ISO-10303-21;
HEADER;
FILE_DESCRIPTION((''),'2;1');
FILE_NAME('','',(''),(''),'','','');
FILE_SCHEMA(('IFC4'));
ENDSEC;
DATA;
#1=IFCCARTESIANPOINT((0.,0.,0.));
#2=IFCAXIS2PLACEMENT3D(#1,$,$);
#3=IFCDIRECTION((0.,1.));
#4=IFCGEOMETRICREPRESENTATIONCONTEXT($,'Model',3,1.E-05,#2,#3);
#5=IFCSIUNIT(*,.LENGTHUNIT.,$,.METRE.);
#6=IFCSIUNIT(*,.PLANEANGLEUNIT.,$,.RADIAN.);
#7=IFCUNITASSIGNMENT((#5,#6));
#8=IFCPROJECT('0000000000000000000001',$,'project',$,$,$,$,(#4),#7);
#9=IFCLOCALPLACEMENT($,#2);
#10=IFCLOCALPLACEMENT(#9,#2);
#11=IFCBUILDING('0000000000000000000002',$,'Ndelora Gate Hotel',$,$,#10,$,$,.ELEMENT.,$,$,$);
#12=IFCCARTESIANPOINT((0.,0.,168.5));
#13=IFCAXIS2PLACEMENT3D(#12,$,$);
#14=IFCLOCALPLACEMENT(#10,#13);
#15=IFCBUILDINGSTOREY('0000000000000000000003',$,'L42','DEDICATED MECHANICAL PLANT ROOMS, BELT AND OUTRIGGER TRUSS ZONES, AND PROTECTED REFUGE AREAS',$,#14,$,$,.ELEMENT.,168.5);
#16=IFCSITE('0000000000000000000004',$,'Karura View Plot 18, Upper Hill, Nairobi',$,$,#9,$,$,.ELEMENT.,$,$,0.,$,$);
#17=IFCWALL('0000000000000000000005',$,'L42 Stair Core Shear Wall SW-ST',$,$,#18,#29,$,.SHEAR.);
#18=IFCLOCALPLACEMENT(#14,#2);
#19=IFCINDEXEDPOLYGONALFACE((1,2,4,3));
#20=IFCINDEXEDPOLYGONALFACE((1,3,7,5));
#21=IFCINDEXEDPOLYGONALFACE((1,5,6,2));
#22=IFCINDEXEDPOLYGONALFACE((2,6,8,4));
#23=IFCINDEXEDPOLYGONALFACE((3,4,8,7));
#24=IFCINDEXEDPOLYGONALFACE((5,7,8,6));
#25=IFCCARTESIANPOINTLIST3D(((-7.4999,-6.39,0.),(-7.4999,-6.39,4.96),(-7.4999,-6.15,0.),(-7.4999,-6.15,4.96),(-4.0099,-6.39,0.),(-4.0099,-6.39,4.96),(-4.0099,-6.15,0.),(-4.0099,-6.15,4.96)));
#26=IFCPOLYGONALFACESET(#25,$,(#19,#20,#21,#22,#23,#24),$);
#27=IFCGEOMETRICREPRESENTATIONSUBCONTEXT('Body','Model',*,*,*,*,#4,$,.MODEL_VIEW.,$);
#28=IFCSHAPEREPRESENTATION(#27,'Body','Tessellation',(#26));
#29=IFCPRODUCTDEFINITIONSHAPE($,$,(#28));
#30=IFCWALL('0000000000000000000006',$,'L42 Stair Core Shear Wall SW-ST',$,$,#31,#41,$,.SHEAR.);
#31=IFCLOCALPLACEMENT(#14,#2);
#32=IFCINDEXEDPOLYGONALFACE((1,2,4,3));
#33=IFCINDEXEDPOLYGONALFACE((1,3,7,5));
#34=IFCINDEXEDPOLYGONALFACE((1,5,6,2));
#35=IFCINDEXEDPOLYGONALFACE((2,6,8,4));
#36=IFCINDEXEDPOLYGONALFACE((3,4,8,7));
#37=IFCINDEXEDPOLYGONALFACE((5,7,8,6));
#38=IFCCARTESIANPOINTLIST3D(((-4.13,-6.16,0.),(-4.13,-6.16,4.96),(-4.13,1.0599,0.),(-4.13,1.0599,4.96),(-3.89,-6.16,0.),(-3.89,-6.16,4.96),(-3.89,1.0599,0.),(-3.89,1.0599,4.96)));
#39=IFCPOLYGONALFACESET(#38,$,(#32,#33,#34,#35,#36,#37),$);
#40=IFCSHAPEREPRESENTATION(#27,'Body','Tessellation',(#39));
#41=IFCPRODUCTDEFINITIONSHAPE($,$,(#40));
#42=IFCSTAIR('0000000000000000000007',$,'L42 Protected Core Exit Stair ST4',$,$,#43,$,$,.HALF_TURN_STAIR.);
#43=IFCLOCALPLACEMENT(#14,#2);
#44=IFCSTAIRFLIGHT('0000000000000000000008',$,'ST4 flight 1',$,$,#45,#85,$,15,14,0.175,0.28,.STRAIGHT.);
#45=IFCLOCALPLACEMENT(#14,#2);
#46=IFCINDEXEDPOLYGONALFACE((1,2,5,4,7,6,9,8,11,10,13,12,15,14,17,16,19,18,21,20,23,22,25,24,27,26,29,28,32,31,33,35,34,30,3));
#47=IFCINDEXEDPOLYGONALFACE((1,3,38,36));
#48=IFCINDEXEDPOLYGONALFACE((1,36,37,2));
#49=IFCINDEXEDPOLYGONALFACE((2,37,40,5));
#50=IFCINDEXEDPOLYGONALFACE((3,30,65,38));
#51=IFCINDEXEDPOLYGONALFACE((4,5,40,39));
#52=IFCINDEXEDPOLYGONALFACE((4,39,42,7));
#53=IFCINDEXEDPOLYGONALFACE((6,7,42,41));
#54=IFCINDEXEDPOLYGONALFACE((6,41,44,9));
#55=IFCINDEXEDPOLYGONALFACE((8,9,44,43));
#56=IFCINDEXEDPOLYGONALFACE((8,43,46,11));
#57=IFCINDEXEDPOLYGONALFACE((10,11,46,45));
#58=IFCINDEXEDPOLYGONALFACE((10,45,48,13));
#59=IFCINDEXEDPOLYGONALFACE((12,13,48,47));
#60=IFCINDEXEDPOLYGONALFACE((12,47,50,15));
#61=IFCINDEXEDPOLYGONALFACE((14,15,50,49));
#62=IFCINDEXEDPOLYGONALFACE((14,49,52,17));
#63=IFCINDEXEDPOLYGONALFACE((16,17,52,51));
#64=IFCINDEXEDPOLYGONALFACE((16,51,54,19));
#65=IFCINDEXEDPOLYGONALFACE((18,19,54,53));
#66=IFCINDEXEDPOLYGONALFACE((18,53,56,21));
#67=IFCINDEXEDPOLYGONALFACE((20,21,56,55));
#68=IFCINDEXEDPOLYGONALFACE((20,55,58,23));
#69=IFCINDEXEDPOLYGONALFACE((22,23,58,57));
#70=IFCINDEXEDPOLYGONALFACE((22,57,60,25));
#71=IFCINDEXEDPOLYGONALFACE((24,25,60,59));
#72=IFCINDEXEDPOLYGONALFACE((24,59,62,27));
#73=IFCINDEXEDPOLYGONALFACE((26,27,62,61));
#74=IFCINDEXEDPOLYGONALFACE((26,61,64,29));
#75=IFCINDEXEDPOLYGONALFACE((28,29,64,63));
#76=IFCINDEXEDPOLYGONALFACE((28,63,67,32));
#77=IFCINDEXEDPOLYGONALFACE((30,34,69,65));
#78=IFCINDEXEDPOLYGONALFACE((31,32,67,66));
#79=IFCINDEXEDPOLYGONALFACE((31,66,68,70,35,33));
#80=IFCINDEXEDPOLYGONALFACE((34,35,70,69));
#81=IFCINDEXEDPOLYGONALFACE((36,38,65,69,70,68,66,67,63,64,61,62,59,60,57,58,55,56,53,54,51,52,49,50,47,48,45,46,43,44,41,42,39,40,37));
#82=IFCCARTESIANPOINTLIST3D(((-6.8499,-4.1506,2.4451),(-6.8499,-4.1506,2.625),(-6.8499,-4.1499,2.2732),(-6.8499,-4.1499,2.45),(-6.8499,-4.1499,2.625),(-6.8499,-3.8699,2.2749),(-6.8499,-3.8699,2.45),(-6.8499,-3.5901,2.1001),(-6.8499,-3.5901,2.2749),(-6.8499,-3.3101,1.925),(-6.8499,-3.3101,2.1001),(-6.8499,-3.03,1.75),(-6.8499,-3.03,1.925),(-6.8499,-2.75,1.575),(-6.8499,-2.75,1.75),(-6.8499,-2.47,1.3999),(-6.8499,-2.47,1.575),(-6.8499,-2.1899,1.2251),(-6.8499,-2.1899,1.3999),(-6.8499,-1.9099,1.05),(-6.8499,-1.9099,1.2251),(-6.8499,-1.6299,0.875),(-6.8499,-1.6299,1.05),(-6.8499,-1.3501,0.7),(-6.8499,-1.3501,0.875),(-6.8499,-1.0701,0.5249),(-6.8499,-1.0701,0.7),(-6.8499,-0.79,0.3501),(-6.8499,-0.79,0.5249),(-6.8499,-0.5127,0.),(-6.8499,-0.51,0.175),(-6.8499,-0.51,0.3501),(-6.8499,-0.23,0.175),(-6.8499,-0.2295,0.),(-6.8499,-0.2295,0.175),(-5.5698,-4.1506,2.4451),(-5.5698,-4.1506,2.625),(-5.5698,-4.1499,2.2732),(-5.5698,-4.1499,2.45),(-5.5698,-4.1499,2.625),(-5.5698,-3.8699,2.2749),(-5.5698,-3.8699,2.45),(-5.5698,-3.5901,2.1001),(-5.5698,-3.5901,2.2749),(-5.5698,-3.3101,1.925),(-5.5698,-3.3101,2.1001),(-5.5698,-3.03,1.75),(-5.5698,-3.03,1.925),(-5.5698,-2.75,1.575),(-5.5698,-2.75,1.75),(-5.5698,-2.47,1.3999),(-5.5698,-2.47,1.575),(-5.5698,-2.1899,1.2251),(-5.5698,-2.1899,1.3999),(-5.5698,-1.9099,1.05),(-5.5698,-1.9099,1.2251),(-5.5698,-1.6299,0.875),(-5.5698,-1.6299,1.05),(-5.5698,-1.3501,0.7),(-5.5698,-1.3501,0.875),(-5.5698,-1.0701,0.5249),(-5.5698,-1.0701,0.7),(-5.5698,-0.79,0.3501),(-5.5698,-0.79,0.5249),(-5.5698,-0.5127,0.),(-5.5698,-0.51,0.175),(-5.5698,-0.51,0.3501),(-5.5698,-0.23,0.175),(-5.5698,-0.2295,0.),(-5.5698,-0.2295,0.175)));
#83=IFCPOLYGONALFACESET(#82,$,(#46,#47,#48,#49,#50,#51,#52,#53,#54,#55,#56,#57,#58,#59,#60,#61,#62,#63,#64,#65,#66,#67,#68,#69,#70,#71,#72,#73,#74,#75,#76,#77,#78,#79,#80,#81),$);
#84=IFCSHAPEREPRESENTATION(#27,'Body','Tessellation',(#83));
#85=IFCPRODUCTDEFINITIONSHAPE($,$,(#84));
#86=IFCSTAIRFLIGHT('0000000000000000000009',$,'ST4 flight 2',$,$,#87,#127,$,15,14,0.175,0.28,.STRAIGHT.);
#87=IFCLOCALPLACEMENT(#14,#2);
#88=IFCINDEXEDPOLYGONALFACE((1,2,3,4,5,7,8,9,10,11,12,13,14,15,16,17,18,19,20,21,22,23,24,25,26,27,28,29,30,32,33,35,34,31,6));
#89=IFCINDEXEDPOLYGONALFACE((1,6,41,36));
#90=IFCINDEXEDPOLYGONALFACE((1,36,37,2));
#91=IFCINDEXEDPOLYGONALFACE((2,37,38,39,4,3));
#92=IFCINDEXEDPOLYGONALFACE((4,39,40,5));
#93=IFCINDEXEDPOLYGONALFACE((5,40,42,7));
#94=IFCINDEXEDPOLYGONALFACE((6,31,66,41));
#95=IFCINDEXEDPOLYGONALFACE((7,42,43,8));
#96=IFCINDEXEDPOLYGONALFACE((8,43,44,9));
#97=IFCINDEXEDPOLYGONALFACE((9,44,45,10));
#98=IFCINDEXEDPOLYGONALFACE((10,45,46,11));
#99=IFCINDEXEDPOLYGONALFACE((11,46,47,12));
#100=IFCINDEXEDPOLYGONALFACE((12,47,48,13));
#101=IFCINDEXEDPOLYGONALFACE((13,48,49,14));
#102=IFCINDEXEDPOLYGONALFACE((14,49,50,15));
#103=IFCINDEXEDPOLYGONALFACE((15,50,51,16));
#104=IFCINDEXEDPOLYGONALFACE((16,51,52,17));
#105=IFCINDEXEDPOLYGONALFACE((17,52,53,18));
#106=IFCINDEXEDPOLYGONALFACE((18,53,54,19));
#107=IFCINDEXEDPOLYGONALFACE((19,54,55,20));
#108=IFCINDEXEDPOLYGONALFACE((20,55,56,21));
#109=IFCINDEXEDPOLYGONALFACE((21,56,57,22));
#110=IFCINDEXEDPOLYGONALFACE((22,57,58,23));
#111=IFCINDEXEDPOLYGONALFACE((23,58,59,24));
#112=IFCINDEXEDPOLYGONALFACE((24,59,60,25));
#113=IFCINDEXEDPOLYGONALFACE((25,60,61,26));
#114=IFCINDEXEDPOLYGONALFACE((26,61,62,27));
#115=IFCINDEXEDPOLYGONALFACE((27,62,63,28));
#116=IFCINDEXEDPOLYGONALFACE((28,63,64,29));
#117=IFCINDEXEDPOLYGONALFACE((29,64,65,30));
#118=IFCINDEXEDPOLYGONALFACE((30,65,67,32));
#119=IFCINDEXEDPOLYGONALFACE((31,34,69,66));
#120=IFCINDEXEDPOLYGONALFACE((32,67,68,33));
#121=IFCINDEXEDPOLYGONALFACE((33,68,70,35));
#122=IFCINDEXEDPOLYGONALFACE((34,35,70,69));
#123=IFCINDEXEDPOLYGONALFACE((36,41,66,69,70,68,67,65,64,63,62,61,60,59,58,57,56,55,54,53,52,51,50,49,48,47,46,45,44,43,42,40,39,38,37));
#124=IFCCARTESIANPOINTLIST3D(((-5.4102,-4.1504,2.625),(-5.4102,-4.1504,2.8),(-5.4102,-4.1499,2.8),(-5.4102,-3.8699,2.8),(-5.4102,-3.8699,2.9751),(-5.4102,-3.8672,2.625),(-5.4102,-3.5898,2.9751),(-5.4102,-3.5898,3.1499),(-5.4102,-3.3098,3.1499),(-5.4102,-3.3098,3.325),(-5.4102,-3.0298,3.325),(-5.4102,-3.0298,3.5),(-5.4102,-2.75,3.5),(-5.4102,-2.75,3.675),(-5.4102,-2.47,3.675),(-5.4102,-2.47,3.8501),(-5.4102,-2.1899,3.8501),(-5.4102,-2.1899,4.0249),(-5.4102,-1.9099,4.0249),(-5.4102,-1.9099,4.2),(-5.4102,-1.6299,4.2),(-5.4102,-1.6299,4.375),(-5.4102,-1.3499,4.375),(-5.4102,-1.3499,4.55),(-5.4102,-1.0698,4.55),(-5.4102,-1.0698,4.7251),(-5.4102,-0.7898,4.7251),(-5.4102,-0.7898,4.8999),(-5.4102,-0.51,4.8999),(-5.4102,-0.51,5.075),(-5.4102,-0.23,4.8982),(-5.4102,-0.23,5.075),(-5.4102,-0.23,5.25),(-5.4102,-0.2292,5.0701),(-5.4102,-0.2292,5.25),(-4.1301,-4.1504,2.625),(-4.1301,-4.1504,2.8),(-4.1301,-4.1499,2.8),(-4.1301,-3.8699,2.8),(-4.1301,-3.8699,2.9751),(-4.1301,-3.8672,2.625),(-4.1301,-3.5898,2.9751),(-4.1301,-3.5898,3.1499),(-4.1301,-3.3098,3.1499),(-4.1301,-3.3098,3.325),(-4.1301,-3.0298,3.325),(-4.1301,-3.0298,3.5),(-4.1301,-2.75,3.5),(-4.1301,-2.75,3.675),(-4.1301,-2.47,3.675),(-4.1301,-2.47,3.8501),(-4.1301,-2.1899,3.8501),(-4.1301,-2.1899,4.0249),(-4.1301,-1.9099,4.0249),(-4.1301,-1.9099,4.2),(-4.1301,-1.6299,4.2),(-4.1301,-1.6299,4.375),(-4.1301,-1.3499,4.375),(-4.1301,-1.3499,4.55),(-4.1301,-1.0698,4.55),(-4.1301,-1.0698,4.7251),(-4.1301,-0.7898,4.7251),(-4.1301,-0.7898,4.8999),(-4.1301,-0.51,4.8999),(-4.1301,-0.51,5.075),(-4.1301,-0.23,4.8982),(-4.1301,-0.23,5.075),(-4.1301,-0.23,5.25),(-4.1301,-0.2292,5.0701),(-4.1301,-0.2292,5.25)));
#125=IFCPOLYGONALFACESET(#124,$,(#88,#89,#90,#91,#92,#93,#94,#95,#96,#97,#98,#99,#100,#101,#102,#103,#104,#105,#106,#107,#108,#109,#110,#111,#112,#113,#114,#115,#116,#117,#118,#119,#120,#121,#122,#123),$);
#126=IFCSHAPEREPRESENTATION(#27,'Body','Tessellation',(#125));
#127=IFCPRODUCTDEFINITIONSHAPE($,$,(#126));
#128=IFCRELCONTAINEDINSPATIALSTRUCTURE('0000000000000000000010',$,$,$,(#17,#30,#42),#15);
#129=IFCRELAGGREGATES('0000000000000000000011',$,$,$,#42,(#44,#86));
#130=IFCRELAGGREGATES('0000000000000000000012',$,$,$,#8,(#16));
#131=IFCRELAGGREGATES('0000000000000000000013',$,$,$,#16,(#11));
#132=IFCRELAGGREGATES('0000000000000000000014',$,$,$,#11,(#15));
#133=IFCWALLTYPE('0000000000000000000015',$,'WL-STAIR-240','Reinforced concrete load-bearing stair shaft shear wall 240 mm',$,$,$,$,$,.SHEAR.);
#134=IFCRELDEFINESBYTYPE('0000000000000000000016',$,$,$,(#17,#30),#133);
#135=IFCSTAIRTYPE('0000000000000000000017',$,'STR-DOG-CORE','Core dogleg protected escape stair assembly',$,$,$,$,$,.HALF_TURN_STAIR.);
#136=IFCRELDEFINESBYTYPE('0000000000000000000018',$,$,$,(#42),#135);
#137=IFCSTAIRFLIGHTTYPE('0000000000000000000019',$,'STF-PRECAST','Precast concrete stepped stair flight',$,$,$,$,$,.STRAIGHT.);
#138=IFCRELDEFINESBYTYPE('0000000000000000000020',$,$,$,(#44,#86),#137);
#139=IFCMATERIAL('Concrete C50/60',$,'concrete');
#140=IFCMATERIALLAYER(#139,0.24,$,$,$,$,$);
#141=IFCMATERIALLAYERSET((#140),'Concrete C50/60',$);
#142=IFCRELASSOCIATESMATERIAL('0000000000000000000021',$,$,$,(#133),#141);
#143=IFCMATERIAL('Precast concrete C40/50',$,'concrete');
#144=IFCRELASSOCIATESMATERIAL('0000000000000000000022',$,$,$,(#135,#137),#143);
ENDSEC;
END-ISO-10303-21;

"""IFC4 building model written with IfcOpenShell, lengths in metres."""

from ifc_helpers import new_model, si_unit, direction, frame, frame_2d, origin, place, context, subcontext, project, spatial, polyline, rectangle, outline, extrude, material, layer, layer_set, type_object, element, aggregate, save


model = new_model("IFC4")

# Units and contexts
model_context = context("Model", 3, precision=1e-05, world=origin(), true_north=direction((0.0, 1.0)))
body_context = subcontext(model_context, "Body", "Model", "MODEL_VIEW")
ifc_project = project(units=[si_unit("LENGTHUNIT", "METRE"), si_unit("PLANEANGLEUNIT", "RADIAN")], contexts=[model_context])

# Site, building, storey
site_placement = place(None, origin())
site = spatial("IfcSite", under=ifc_project, at=site_placement, Name="Karura View Plot 18, Upper Hill, Nairobi", CompositionType="ELEMENT", RefElevation=0.0)
building_placement = place(site_placement, origin())
building = spatial("IfcBuilding", under=site, at=building_placement, Name="Ndelora Gate Hotel", CompositionType="ELEMENT")
storey_placement = place(building_placement, frame((0.0, 0.0, 168.5)))
storey = spatial("IfcBuildingStorey", under=building, at=storey_placement, Name="L42", Description="DEDICATED MECHANICAL PLANT ROOMS, BELT AND OUTRIGGER TRUSS ZONES, AND PROTECTED REFUGE AREAS", CompositionType="ELEMENT", Elevation=168.5)

# Walls
ifc_material_1 = material(Name="Concrete C50/60", Category="concrete")
ifc_layer_1 = layer(ifc_material_1, 0.24)
ifc_layer_set_1 = layer_set([ifc_layer_1], Name="Concrete C50/60")
wall_type_1 = type_object("IfcWallType", Name="WL-STAIR-240", Description="Reinforced concrete load-bearing stair shaft shear wall 240 mm", PredefinedType="SHEAR", material=ifc_layer_set_1)
wall_1_placement = place(storey_placement, frame((-7.5, -6.27, 0.0), z_axis=(0.0, 0.0, 1.0), x_axis=(1.0, 0.0, 0.0)))
element("IfcWall", 1, at=wall_1_placement, inside=storey, type_object=wall_type_1, Name="L42 Stair Core Shear Wall SW-ST", PredefinedType="SHEAR", context=body_context, shape_type="SweptSolid", body=[
    extrude(rectangle(XDim=3.49, YDim=0.24, at=frame_2d((1.7451, 0.0))), origin(), (0.0, 0.0, 1.0), 4.96),
])
wall_2_placement = place(storey_placement, frame((-4.01, -6.1599, 0.0), z_axis=(0.0, 0.0, 1.0), x_axis=(0.0, 1.0, 0.0)))
element("IfcWall", 2, at=wall_2_placement, inside=storey, type_object=wall_type_1, Name="L42 Stair Core Shear Wall SW-ST", PredefinedType="SHEAR", context=body_context, shape_type="SweptSolid", body=[
    extrude(rectangle(XDim=7.22, YDim=0.24, at=frame_2d((3.6099, 0.0))), origin(), (0.0, 0.0, 1.0), 4.96),
])

# Stair, stair flights
ifc_material_2 = material(Name="Precast concrete C40/50", Category="concrete")
stair_type = type_object("IfcStairType", Name="STR-DOG-CORE", Description="Core dogleg protected escape stair assembly", PredefinedType="HALF_TURN_STAIR", material=ifc_material_2)
stair_placement = place(storey_placement, origin())
stair = element("IfcStair", 3, at=stair_placement, inside=storey, type_object=stair_type, Name="L42 Protected Core Exit Stair ST4", PredefinedType="HALF_TURN_STAIR")
stair_flight_type = type_object("IfcStairFlightType", Name="STF-PRECAST", Description="Precast concrete stepped stair flight", PredefinedType="STRAIGHT", material=ifc_material_2)
stair_flight_1_placement = place(storey_placement, frame((-6.21, -0.23, 0.0), z_axis=(0.0, 0.0, 1.0), x_axis=(0.0, -1.0, 0.0)))
stair_flight_1 = element("IfcStairFlight", 4, at=stair_flight_1_placement, type_object=stair_flight_type, Name="ST4 flight 1", NumberOfRisers=15, NumberOfTreads=14, PredefinedType="STRAIGHT", RiserHeight=0.175, TreadLength=0.28, context=body_context, shape_type="SweptSolid", body=[
    extrude(outline(polyline([(-0.0005, 0.0), (-0.0005, 0.175), (0.0, 0.175), (0.28, 0.175), (0.28, 0.3501), (0.5601, 0.3501), (0.5601, 0.5249), (0.8401, 0.5249), (0.8401, 0.7), (1.1201, 0.7), (1.1201, 0.875), (1.3999, 0.875), (1.3999, 1.05), (1.6799, 1.05), (1.6799, 1.2251), (1.96, 1.2251), (1.96, 1.3999), (2.24, 1.3999), (2.24, 1.575), (2.52, 1.575), (2.52, 1.75), (2.8, 1.75), (2.8, 1.925), (3.0801, 1.925), (3.0801, 2.1001), (3.3601, 2.1001), (3.3601, 2.2749), (3.6399, 2.2749), (3.6399, 2.45), (3.9199, 2.45), (3.9199, 2.625), (3.9207, 2.625), (3.9207, 2.4451), (3.9199, 2.2732), (0.2827, 0.0), (-0.0005, 0.0)])), frame((0.0, 0.6401, 0.0), z_axis=(0.0, -1.0, 0.0), x_axis=(1.0, 0.0, 0.0)), (0.0, 0.0, 1.0), 1.28),
])
stair_flight_2_placement = place(storey_placement, frame((-4.77, -4.1499, 2.625), z_axis=(0.0, 0.0, 1.0), x_axis=(0.0, 1.0, 0.0)))
stair_flight_2 = element("IfcStairFlight", 5, at=stair_flight_2_placement, type_object=stair_flight_type, Name="ST4 flight 2", NumberOfRisers=15, NumberOfTreads=14, PredefinedType="STRAIGHT", RiserHeight=0.175, TreadLength=0.28, context=body_context, shape_type="SweptSolid", body=[
    extrude(outline(polyline([(-0.0005, 0.0), (-0.0005, 0.175), (0.0, 0.175), (0.28, 0.175), (0.28, 0.3501), (0.5601, 0.3501), (0.5601, 0.5249), (0.8401, 0.5249), (0.8401, 0.7), (1.1201, 0.7), (1.1201, 0.875), (1.3999, 0.875), (1.3999, 1.05), (1.6799, 1.05), (1.6799, 1.2251), (1.96, 1.2251), (1.96, 1.3999), (2.24, 1.3999), (2.24, 1.575), (2.52, 1.575), (2.52, 1.75), (2.8, 1.75), (2.8, 1.925), (3.0801, 1.925), (3.0801, 2.1001), (3.3601, 2.1001), (3.3601, 2.2749), (3.6399, 2.2749), (3.6399, 2.45), (3.9199, 2.45), (3.9199, 2.625), (3.9207, 2.625), (3.9207, 2.4451), (3.9199, 2.2732), (0.2827, 0.0), (-0.0005, 0.0)])), frame((0.0, 0.6401, 0.0), z_axis=(0.0, -1.0, 0.0), x_axis=(1.0, 0.0, 0.0)), (0.0, 0.0, 1.0), 1.28),
])
aggregate(stair, [stair_flight_1, stair_flight_2])

save(model, "model.ifc")
